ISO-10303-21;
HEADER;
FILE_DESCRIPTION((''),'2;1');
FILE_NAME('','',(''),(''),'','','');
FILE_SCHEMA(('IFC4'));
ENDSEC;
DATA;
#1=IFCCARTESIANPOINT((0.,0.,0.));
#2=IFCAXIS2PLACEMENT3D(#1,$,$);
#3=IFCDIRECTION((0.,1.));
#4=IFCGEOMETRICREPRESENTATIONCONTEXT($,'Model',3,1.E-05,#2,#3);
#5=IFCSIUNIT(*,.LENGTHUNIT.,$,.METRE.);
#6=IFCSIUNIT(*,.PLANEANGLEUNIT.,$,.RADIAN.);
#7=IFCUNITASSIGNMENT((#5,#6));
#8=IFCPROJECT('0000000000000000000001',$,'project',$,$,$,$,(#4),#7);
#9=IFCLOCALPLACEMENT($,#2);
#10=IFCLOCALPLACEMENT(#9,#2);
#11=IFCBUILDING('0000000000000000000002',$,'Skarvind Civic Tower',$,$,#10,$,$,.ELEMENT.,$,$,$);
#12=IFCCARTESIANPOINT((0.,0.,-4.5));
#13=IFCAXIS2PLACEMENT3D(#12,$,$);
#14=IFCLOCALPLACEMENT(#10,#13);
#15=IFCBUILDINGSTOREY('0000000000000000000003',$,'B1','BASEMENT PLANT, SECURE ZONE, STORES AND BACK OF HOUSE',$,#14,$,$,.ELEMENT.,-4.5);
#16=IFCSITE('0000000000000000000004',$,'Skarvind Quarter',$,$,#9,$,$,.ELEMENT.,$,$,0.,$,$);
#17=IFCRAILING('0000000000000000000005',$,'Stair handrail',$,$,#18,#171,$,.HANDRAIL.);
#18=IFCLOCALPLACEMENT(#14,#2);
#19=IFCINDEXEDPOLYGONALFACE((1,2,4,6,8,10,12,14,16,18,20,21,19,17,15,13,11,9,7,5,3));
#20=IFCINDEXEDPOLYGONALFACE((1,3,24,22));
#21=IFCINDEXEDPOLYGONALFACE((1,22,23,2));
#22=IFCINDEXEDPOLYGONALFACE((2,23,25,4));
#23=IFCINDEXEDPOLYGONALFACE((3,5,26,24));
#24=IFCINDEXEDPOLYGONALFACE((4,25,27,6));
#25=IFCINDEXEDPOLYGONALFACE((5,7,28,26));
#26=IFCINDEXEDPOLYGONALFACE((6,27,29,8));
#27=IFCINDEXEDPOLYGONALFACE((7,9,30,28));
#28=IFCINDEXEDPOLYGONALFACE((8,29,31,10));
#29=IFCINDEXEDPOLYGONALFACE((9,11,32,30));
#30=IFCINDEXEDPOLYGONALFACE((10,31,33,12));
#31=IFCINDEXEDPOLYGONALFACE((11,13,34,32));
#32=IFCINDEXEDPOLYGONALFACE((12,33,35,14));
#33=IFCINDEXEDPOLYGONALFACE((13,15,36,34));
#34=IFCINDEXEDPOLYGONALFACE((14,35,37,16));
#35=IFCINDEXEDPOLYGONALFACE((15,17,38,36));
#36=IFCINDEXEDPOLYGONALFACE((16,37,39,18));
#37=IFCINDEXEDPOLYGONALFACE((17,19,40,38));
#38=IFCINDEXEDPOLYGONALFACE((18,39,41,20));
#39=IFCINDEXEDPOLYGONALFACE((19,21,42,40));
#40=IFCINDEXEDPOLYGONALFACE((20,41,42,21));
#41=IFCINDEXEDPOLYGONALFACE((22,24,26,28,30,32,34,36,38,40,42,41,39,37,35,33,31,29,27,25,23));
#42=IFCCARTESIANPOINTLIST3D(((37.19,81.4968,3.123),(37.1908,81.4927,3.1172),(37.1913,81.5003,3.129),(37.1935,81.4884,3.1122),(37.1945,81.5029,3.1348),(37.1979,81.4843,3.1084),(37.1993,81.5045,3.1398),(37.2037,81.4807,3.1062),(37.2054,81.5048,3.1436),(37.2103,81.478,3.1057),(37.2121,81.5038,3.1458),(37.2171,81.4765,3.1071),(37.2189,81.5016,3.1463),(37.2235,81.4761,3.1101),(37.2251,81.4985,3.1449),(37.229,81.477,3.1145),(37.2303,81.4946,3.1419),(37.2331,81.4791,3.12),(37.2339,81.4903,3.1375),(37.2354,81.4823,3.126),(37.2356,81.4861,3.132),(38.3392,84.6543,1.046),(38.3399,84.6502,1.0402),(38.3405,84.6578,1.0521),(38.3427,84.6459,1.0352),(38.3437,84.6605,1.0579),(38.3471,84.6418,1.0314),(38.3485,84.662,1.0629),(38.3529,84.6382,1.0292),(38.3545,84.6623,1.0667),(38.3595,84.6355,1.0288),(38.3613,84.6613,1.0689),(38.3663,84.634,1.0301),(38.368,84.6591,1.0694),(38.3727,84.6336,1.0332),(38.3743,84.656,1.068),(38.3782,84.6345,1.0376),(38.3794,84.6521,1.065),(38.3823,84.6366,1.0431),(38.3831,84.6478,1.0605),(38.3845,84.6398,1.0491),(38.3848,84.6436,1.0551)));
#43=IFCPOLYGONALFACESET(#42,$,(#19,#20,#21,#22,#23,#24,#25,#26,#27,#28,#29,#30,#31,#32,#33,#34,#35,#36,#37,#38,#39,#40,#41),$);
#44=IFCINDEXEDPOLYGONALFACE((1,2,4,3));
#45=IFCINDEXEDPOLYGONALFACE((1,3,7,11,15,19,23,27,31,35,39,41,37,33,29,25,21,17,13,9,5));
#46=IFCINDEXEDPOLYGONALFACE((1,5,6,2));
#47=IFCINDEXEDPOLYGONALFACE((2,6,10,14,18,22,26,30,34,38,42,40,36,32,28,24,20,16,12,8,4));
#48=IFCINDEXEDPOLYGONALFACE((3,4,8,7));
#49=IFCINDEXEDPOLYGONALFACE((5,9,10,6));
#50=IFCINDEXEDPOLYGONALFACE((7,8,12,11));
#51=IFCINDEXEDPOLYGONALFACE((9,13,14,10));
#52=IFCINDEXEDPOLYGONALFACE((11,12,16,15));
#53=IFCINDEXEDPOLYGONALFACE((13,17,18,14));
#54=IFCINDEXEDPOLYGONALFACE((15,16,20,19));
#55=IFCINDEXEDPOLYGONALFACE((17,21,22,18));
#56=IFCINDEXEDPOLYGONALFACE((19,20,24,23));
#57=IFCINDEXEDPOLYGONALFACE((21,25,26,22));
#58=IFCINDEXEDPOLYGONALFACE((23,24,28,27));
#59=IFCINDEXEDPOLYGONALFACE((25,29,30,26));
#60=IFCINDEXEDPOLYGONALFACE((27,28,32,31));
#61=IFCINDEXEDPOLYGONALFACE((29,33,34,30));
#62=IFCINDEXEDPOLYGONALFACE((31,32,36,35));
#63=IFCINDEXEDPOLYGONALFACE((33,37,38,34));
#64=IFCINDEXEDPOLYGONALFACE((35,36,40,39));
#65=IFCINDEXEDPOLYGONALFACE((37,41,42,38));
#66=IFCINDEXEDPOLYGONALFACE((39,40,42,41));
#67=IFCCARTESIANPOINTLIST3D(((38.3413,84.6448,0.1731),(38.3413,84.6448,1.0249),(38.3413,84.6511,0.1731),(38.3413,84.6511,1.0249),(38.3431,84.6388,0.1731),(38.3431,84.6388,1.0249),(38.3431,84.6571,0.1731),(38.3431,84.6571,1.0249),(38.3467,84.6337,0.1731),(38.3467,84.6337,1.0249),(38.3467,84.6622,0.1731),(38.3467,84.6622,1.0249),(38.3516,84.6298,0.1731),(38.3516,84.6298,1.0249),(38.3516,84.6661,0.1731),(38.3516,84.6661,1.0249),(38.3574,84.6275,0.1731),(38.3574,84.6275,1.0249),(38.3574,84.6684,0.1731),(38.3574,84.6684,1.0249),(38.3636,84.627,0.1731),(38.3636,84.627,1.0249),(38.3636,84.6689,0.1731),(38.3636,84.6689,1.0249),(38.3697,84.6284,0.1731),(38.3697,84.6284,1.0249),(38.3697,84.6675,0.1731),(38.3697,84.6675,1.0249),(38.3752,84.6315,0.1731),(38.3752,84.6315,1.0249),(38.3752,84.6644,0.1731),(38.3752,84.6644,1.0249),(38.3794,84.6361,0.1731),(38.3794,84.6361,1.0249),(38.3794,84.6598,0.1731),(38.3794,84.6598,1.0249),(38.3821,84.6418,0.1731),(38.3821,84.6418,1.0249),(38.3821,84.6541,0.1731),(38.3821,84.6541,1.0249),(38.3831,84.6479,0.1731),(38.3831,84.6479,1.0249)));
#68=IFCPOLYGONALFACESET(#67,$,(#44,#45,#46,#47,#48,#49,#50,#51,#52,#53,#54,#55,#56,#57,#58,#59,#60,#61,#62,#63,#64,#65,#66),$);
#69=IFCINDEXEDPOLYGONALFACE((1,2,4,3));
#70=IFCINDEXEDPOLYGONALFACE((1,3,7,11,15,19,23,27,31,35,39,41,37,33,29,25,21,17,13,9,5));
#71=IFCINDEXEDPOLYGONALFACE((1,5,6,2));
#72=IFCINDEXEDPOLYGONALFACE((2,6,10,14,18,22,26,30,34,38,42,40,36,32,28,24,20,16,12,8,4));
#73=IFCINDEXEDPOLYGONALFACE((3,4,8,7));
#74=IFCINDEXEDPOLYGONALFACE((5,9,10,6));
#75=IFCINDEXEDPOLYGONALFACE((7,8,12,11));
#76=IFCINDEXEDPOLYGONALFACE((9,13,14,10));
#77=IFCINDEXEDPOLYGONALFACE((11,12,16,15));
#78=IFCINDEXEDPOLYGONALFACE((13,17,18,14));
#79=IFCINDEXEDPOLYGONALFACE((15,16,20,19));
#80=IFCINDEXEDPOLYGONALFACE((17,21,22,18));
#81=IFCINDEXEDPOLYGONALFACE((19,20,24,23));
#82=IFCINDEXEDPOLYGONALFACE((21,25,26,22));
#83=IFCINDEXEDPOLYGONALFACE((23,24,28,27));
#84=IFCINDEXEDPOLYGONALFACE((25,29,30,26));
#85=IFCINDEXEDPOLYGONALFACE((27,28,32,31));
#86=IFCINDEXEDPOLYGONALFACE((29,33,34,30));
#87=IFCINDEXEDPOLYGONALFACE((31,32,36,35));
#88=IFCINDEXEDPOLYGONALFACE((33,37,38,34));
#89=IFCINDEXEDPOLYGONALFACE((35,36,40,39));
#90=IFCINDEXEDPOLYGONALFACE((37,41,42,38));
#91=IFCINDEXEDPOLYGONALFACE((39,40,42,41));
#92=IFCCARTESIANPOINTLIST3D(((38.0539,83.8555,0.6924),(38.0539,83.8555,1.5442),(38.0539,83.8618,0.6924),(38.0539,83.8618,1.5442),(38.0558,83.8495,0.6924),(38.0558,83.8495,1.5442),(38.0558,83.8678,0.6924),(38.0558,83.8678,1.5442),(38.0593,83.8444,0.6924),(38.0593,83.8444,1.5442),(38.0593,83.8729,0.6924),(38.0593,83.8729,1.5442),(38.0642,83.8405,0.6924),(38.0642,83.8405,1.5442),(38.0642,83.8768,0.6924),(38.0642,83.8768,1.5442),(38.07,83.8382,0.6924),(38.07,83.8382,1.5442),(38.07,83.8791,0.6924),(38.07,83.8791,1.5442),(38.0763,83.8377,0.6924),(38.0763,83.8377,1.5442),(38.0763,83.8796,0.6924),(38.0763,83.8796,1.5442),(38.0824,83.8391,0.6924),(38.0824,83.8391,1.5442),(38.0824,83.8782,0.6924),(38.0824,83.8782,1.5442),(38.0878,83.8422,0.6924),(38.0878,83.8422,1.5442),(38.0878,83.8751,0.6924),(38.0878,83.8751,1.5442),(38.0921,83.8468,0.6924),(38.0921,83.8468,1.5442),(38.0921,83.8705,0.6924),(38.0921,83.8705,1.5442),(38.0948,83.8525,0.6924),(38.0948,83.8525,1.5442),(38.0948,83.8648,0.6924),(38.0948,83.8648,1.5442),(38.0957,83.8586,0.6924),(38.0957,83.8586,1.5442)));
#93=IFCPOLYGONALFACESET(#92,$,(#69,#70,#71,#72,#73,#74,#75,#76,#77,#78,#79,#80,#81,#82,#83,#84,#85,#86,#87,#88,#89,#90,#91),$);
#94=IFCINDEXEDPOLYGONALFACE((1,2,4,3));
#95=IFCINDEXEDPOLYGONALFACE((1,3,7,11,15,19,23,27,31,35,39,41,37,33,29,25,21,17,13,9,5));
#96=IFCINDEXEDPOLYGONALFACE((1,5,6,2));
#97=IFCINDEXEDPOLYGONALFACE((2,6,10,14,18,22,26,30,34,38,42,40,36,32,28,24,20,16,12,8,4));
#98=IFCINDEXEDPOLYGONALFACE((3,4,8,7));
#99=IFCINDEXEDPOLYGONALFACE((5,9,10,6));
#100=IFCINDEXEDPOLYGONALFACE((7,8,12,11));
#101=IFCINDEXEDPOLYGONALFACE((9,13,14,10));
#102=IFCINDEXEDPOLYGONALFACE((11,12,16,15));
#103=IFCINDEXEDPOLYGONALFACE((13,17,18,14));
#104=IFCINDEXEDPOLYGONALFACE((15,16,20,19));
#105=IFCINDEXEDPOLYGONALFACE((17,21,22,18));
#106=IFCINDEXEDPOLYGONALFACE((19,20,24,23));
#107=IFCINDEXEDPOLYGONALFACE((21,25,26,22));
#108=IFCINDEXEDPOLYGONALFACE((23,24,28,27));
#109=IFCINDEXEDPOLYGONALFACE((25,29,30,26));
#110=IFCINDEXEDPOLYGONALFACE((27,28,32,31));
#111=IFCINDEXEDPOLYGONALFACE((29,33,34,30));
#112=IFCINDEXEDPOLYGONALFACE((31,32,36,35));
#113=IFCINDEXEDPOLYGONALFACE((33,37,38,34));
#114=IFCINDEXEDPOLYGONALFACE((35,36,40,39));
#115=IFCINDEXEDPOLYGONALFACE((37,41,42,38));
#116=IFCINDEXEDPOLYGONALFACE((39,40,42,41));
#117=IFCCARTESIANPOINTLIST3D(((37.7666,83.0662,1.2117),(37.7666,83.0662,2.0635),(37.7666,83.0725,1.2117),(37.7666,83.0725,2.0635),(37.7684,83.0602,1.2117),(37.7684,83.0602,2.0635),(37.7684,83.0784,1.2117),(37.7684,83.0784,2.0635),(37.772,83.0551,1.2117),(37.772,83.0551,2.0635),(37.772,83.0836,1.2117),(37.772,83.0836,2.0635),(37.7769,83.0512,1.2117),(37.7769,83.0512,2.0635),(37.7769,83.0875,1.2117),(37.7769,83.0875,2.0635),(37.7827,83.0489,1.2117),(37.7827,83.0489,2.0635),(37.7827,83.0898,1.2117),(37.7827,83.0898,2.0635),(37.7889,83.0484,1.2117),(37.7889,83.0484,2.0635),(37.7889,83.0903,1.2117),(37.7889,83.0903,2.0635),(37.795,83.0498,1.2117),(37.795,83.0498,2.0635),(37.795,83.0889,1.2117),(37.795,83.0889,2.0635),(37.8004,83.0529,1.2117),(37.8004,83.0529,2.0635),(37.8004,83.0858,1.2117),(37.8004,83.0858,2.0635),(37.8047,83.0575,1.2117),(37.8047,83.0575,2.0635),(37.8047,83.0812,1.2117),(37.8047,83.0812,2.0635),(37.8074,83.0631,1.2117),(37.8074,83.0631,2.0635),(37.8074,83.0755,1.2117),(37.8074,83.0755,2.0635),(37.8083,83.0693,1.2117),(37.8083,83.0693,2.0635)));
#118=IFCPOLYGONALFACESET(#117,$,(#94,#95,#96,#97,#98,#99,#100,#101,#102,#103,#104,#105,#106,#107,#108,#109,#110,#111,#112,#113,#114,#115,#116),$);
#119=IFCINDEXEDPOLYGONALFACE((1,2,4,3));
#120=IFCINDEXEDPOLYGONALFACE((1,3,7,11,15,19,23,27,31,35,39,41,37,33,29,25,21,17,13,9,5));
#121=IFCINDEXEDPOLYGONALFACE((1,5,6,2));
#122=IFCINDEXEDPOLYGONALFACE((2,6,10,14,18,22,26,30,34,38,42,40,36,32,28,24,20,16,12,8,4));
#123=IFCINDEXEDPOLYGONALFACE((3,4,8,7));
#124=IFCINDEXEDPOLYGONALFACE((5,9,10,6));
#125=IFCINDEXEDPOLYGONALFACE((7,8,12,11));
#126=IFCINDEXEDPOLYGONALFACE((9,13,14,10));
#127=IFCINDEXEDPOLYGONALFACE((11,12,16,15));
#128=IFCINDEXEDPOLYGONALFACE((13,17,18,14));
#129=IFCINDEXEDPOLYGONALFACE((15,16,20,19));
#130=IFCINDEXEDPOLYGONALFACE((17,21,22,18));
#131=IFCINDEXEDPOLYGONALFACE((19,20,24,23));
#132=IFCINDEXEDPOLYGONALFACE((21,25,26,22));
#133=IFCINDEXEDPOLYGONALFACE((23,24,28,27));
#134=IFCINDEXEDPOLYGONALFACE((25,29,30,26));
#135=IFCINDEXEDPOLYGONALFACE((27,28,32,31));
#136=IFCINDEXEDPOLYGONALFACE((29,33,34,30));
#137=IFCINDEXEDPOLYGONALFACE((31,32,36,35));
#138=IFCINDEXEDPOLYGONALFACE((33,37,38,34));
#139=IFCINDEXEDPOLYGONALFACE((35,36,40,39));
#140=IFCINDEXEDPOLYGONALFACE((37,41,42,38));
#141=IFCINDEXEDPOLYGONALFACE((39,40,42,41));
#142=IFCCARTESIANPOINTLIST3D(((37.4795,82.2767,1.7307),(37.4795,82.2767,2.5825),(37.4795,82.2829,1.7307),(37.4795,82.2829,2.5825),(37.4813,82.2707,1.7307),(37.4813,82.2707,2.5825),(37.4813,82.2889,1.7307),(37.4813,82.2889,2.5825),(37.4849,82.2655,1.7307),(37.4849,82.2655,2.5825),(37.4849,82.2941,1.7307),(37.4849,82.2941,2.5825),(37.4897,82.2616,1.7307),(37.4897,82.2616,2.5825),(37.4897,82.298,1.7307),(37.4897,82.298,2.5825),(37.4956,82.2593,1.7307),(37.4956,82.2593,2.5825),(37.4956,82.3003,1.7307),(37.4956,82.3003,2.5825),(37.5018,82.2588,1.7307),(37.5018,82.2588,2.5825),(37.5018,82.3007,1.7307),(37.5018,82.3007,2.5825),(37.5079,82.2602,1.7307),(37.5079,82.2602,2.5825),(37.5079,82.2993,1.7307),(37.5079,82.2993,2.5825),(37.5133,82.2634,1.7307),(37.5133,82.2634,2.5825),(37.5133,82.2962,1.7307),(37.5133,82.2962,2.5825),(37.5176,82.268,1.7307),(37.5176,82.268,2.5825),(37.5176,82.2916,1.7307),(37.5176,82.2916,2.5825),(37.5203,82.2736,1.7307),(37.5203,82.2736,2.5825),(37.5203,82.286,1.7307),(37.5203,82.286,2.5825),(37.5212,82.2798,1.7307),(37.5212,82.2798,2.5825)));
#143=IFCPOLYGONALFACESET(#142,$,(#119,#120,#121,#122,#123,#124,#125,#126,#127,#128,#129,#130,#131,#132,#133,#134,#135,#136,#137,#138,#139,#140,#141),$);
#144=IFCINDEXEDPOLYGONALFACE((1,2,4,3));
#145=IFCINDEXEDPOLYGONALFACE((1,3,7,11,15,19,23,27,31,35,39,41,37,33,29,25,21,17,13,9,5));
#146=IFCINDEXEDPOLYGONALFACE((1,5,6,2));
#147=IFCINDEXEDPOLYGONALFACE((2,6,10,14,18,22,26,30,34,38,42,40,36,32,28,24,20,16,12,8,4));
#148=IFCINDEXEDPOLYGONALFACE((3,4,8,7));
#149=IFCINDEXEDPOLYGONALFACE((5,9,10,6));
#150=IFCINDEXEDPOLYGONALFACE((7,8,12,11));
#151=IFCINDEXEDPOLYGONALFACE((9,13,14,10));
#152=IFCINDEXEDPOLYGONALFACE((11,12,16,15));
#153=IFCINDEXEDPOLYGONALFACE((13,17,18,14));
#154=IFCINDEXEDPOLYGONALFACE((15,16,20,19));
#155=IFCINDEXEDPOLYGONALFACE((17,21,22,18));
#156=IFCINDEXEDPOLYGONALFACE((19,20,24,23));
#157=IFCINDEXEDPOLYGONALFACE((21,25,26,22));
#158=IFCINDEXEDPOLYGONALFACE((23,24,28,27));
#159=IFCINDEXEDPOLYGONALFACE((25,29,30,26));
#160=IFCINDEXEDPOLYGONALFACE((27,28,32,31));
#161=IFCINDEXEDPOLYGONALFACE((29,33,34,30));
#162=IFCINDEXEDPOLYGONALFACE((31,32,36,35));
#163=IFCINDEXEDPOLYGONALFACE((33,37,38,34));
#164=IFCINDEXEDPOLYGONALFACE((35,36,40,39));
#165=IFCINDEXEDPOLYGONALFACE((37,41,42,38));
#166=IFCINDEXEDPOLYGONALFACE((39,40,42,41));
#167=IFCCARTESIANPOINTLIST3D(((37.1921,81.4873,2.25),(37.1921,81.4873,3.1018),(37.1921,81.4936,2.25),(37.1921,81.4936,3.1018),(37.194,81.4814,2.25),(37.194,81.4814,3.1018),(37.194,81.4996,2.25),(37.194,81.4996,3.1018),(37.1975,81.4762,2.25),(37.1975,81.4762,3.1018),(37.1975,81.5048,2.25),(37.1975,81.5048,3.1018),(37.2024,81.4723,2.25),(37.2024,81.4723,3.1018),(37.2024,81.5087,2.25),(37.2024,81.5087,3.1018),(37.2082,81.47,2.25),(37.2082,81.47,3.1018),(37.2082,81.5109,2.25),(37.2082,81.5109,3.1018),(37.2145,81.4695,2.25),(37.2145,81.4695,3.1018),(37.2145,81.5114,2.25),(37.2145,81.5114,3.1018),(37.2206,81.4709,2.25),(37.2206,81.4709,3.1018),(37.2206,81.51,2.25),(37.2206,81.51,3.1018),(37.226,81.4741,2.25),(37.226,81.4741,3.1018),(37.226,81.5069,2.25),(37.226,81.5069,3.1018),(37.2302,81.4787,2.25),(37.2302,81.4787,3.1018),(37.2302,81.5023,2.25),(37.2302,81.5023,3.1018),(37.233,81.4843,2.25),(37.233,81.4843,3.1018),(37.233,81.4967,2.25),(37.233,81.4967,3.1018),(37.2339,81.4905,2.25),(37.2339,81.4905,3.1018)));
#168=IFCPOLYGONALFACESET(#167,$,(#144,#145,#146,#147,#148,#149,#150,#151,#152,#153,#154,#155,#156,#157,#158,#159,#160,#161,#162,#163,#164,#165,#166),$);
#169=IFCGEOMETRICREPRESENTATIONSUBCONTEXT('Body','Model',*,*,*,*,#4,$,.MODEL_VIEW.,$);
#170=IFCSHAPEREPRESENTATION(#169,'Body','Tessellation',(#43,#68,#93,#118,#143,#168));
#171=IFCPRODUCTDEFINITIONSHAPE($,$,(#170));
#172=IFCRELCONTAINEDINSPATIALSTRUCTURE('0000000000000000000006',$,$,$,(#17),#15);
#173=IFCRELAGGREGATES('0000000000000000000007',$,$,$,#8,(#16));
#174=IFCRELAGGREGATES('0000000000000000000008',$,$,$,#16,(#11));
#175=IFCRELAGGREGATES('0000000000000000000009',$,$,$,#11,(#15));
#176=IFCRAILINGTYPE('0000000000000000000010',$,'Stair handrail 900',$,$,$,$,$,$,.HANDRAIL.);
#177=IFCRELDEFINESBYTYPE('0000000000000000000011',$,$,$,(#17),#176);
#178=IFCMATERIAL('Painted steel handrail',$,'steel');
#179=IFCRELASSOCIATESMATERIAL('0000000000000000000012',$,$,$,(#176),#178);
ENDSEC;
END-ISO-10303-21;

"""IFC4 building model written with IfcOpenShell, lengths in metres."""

from ifc_helpers import new_model, si_unit, direction, frame, origin, origin_2d, place, context, subcontext, project, spatial, circle, extrude, material, type_object, element, save


model = new_model("IFC4")

# Units and contexts
model_context = context("Model", 3, precision=1e-05, world=origin(), true_north=direction((0.0, 1.0)))
body_context = subcontext(model_context, "Body", "Model", "MODEL_VIEW")
ifc_project = project(units=[si_unit("LENGTHUNIT", "METRE"), si_unit("PLANEANGLEUNIT", "RADIAN")], contexts=[model_context])

# Site, building, storey
site_placement = place(None, origin())
site = spatial("IfcSite", under=ifc_project, at=site_placement, Name="Skarvind Quarter", CompositionType="ELEMENT", RefElevation=0.0)
building_placement = place(site_placement, origin())
building = spatial("IfcBuilding", under=site, at=building_placement, Name="Skarvind Civic Tower", CompositionType="ELEMENT")
storey_placement = place(building_placement, frame((0.0, 0.0, -4.5)))
storey = spatial("IfcBuildingStorey", under=building, at=storey_placement, Name="B1", Description="BASEMENT PLANT, SECURE ZONE, STORES AND BACK OF HOUSE", CompositionType="ELEMENT", Elevation=-4.5)

# Railing
ifc_material_1 = material(Name="Painted steel handrail", Category="steel")
railing_type = type_object("IfcRailingType", Name="Stair handrail 900", PredefinedType="HANDRAIL", material=ifc_material_1)
railing_1_placement = place(storey_placement, frame((38.3621, 84.6479, 0.1731)))
element("IfcRailing", 1, at=railing_1_placement, inside=storey, type_object=railing_type, Name="Stair handrail", PredefinedType="HANDRAIL", context=body_context, shape_type="SweptSolid", body=[
    extrude(circle(Radius=0.0239, at=origin_2d()), frame((0.0, 0.0, 0.876), z_axis=(-0.290917, -0.799328, 0.525778), x_axis=(0.939698, -0.342006, 0.0)), (0.0, 0.0, 1.0), 3.9502),
    extrude(circle(Radius=0.021, at=origin_2d()), origin(), (0.0, 0.0, 1.0), 0.8518),
    extrude(circle(Radius=0.021, at=origin_2d()), frame((-0.2874, -0.7893, 0.5193)), (0.0, 0.0, 1.0), 0.8518),
    extrude(circle(Radius=0.021, at=origin_2d()), frame((-0.5747, -1.5786, 1.0386)), (0.0, 0.0, 1.0), 0.8518),
    extrude(circle(Radius=0.021, at=origin_2d()), frame((-0.8618, -2.3682, 1.5576)), (0.0, 0.0, 1.0), 0.8518),
    extrude(circle(Radius=0.021, at=origin_2d()), frame((-1.1492, -3.1575, 2.0769)), (0.0, 0.0, 1.0), 0.8518),
])

save(model, "model.ifc")
